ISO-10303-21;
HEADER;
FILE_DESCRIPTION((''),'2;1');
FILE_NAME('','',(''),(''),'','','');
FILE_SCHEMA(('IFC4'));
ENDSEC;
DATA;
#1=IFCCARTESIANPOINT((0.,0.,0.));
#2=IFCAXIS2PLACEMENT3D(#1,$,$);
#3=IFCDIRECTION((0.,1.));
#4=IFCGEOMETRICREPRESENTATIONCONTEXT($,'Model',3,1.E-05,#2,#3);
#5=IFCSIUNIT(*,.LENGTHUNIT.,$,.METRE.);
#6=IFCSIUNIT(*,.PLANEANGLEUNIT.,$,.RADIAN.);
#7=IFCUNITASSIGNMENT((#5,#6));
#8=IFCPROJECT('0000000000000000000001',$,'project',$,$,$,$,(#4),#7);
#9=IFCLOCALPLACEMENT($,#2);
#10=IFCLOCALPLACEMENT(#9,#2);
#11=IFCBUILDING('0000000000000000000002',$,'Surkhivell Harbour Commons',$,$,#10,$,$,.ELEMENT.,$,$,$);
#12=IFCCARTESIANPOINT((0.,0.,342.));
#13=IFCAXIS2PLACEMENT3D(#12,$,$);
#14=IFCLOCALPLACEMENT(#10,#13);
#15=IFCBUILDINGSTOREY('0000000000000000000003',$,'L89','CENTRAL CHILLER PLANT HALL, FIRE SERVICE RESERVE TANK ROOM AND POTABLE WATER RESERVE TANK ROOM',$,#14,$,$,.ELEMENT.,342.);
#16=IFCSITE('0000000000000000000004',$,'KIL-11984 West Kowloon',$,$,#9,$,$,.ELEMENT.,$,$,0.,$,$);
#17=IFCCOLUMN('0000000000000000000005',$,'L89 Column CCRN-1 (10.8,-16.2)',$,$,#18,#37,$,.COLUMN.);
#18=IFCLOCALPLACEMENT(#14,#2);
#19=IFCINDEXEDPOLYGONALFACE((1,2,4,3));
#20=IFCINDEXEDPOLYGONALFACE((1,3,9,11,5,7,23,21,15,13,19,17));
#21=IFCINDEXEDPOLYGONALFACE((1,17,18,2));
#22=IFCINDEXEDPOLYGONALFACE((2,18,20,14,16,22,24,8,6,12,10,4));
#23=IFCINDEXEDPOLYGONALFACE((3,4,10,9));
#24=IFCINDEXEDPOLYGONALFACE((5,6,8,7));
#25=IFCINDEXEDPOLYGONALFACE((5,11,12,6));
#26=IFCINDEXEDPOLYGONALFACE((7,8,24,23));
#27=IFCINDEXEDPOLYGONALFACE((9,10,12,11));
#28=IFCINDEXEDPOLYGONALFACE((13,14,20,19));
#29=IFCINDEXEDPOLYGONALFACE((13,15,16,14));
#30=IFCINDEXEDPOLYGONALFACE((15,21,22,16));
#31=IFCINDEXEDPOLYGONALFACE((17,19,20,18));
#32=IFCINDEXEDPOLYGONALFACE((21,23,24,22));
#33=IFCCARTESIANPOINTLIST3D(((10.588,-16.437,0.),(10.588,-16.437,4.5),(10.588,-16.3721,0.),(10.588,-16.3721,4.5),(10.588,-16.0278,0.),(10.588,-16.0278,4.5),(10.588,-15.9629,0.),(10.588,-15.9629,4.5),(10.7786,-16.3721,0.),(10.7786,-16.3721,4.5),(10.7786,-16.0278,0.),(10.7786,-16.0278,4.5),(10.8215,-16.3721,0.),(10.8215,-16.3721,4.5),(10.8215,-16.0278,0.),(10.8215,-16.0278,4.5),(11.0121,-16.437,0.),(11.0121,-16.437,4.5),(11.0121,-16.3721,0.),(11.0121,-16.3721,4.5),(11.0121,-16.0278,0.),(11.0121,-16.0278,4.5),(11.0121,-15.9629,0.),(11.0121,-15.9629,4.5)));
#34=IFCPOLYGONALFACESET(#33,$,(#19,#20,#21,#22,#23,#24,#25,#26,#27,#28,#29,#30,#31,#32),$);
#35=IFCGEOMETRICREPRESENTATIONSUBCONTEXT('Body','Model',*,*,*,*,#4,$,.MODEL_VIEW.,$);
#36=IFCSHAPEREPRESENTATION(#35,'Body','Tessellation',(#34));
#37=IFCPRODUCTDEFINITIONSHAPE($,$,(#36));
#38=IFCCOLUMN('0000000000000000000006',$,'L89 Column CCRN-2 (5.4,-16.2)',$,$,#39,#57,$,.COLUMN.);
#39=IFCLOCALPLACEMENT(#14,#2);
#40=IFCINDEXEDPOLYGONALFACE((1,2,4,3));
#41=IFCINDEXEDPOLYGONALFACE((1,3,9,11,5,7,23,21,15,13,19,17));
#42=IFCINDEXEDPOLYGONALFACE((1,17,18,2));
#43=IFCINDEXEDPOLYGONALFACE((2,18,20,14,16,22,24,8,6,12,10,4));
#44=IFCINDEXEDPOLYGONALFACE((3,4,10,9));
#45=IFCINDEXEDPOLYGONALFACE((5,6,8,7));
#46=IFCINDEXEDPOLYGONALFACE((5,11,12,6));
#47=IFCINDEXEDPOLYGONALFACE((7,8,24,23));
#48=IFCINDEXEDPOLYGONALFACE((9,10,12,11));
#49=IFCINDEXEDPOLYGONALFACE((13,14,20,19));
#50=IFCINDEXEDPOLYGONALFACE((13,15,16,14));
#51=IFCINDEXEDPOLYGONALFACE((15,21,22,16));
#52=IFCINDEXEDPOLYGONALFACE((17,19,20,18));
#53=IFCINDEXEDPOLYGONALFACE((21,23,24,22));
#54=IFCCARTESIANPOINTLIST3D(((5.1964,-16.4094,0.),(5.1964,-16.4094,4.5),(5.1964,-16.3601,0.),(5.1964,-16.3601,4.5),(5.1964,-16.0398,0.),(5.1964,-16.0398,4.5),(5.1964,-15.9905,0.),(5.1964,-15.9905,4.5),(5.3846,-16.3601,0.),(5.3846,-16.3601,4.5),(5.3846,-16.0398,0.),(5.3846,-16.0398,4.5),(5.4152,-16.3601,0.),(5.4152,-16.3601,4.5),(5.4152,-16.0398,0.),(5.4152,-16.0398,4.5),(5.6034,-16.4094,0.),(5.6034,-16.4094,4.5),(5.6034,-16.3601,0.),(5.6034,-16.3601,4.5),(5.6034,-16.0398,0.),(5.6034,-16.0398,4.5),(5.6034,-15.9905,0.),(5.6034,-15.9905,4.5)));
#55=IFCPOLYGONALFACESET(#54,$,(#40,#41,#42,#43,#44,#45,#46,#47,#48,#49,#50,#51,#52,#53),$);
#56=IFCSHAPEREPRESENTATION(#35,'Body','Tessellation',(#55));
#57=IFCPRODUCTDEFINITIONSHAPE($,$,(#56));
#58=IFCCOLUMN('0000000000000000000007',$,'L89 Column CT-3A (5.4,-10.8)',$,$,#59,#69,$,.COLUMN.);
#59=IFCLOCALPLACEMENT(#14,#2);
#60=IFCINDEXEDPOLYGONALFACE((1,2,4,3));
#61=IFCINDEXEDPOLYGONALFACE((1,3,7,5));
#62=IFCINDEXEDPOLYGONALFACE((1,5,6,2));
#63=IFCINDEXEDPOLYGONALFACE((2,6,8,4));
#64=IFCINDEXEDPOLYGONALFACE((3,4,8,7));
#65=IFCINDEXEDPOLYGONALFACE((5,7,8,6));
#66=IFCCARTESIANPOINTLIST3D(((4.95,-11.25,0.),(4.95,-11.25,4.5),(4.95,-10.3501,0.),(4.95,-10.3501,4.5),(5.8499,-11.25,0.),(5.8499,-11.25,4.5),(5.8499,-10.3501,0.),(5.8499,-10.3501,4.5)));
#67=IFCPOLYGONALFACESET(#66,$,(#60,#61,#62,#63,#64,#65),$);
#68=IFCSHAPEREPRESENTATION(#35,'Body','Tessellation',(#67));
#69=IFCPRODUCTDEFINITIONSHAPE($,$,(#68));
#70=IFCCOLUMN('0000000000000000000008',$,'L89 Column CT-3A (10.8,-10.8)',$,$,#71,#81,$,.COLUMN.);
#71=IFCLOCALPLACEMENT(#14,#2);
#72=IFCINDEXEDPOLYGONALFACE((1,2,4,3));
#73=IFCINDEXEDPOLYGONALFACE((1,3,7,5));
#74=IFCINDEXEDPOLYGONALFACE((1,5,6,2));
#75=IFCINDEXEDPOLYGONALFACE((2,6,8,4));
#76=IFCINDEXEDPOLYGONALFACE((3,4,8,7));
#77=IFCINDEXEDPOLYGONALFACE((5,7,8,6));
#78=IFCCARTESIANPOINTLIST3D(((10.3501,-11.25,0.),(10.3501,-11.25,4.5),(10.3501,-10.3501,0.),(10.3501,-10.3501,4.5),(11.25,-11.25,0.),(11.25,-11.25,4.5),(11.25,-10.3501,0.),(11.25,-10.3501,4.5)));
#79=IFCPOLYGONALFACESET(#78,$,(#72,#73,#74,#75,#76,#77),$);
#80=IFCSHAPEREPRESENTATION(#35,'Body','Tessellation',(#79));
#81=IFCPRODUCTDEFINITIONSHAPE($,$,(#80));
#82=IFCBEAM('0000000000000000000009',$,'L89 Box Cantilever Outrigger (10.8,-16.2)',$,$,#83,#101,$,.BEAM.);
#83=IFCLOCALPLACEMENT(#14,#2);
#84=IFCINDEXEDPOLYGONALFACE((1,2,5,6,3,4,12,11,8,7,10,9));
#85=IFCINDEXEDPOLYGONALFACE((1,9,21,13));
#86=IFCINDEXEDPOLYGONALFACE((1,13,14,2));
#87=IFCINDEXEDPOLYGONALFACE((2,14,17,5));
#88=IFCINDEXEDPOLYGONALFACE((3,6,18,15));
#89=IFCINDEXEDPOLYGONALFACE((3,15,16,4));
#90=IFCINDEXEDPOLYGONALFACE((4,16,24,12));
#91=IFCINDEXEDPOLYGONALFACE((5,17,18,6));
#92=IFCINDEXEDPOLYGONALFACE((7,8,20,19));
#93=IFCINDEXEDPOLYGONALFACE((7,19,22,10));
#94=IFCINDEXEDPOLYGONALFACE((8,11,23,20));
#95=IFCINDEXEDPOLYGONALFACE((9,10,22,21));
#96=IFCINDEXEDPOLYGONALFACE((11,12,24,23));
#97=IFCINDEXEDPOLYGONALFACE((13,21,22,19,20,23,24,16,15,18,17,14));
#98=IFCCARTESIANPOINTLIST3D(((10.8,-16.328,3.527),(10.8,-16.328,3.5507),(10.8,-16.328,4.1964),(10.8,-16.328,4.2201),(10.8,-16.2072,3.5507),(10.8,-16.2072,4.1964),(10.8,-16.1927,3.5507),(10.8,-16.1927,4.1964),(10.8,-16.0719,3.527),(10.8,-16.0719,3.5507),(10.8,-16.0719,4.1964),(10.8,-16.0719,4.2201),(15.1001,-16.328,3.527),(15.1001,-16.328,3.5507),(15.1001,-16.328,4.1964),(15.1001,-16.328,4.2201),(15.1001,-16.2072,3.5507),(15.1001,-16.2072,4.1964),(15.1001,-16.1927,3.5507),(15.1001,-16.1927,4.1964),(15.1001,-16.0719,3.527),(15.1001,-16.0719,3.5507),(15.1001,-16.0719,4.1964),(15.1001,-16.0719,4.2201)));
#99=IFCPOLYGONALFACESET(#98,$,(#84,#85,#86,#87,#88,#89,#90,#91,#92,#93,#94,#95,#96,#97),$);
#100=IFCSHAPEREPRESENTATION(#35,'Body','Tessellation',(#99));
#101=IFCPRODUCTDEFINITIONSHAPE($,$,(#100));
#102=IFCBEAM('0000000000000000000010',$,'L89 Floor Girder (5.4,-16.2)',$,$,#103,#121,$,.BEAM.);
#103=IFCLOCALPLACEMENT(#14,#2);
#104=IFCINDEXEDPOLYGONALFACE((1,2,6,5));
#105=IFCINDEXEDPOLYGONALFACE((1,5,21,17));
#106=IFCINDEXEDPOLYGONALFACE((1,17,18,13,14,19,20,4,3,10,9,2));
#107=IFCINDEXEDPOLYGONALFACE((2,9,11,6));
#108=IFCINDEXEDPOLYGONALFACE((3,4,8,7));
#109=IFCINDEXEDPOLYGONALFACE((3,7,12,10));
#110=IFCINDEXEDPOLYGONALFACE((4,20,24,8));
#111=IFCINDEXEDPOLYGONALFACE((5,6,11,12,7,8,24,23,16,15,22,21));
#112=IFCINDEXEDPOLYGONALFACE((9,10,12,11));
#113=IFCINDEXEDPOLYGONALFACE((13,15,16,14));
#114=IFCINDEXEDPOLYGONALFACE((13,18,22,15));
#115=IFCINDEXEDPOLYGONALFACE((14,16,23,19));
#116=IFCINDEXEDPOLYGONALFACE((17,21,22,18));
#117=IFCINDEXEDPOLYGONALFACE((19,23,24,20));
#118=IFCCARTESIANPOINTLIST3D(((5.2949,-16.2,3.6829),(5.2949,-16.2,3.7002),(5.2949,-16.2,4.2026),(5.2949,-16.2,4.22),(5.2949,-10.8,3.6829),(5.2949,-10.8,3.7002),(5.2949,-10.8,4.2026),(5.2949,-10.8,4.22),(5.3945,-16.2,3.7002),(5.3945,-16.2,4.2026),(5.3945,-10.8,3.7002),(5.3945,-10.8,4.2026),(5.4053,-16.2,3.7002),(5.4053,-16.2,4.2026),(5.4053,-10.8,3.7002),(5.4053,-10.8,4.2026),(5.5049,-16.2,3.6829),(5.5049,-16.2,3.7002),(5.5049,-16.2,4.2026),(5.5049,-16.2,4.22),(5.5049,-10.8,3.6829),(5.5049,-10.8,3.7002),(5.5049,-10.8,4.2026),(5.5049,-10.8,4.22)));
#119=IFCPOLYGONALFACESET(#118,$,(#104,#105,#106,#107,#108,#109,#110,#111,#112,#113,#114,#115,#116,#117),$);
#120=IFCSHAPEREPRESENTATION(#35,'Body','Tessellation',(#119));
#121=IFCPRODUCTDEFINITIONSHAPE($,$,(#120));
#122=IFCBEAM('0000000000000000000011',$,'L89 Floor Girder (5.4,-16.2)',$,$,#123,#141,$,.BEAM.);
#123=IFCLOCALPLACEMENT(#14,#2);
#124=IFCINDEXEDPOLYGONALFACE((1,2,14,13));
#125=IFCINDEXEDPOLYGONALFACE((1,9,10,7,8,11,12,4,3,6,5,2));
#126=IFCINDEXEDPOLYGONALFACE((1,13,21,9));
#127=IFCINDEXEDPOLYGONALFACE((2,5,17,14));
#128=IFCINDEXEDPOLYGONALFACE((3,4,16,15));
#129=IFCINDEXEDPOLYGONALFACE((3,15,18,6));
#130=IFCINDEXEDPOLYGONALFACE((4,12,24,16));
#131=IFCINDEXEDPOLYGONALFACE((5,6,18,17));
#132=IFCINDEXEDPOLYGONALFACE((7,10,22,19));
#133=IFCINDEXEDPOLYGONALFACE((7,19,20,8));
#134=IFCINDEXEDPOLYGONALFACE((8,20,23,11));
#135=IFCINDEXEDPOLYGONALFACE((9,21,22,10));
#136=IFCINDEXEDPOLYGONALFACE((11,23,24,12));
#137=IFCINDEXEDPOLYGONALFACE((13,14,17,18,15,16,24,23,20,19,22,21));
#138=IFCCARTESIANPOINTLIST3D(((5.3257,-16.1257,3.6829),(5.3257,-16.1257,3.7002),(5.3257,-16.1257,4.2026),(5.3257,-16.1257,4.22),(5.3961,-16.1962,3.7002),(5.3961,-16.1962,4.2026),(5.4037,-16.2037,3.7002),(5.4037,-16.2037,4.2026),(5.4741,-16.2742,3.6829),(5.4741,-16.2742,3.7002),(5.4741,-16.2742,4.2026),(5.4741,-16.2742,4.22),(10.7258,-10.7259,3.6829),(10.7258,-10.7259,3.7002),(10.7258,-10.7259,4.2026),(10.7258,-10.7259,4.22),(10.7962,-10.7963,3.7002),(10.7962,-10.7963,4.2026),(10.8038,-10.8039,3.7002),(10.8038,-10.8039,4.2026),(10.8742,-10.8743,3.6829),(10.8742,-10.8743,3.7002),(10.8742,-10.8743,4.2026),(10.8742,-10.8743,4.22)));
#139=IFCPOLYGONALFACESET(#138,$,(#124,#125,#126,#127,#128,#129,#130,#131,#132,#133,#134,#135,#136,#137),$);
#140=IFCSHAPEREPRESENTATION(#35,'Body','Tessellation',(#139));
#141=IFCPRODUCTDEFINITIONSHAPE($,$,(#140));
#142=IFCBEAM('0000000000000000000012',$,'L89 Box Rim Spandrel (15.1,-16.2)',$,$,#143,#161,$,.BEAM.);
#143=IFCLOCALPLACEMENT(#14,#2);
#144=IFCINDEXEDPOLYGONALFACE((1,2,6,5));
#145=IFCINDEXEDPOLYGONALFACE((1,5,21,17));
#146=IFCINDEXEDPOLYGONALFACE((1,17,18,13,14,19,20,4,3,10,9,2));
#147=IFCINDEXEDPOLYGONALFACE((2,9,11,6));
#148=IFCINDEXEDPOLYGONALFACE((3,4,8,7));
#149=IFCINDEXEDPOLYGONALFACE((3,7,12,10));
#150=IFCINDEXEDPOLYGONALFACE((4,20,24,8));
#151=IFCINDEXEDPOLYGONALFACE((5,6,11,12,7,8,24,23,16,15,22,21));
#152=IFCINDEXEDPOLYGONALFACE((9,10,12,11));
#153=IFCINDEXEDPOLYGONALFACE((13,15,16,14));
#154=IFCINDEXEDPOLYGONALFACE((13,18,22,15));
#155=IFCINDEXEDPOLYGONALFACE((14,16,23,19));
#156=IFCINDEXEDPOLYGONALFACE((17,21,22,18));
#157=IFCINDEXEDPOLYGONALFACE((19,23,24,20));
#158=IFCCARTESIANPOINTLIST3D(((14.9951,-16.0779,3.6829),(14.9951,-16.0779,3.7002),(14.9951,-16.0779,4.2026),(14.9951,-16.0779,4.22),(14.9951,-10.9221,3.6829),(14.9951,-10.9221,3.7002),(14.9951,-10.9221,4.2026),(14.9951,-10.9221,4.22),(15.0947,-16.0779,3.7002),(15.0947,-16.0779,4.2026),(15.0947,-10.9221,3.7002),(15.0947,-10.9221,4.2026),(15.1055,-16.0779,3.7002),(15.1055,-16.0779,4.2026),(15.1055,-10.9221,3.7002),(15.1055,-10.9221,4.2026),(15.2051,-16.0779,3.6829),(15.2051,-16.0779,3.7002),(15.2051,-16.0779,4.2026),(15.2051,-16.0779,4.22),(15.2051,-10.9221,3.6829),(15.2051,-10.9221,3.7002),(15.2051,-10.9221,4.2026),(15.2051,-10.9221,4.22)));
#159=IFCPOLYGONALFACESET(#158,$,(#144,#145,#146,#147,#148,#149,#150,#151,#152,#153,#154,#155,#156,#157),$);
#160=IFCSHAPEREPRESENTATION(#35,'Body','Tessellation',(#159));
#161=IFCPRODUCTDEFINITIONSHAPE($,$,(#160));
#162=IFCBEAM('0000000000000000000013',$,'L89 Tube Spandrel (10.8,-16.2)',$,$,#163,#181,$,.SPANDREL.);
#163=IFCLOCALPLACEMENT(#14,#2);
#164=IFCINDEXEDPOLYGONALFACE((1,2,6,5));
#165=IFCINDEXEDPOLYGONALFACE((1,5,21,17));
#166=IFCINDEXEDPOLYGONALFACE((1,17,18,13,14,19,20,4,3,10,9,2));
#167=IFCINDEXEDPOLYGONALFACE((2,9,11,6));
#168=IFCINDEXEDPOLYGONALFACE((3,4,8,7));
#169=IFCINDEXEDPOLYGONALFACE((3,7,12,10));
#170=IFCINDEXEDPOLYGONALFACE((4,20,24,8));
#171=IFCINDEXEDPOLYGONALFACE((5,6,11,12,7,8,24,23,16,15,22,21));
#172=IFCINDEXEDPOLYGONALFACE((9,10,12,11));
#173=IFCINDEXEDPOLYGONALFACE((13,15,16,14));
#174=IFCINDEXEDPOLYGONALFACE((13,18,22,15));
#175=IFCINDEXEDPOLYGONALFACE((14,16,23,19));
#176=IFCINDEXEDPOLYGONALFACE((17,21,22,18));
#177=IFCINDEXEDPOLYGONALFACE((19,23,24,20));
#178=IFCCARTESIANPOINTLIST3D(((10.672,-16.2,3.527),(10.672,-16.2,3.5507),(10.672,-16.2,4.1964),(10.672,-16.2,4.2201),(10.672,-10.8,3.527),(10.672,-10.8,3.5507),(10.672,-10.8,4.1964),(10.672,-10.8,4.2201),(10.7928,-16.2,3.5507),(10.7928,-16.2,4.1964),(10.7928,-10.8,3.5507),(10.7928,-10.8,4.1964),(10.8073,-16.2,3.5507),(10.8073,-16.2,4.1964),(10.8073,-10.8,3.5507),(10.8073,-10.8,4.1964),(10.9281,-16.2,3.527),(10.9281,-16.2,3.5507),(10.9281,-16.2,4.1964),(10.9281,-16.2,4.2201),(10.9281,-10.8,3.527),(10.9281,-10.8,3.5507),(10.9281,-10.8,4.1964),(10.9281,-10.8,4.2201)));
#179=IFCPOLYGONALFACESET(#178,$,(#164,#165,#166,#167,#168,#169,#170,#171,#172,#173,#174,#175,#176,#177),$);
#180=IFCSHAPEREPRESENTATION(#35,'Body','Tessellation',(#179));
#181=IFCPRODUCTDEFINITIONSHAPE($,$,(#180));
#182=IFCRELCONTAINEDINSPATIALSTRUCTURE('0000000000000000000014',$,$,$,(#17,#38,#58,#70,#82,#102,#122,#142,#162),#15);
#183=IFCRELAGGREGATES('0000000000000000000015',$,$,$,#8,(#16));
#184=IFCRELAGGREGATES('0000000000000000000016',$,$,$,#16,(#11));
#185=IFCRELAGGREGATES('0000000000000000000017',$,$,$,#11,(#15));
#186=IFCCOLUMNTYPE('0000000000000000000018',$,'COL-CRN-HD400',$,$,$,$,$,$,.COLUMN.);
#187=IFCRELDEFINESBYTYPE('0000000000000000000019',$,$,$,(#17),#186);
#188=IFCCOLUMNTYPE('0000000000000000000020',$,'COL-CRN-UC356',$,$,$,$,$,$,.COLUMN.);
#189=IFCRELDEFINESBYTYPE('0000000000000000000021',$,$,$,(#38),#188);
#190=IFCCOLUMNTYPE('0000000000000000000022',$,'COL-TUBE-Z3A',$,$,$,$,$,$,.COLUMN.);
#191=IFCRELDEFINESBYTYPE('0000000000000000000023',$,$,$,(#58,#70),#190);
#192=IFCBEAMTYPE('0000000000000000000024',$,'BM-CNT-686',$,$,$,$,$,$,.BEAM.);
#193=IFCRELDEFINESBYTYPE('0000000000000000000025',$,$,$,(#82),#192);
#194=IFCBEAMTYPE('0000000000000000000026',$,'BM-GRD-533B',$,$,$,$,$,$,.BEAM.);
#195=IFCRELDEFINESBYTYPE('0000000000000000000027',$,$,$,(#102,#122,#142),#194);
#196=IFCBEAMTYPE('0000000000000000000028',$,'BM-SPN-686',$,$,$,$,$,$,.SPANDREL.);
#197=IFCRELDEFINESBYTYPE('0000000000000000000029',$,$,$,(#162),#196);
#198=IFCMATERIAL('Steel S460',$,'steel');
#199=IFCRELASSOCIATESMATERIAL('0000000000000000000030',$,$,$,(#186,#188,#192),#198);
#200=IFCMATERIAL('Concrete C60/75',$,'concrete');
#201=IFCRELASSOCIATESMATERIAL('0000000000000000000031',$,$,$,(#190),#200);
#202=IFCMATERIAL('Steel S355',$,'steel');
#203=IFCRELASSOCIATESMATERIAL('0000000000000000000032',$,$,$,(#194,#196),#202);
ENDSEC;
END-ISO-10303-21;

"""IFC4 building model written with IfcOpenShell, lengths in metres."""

from ifc_helpers import new_model, si_unit, direction, frame, origin, origin_2d, place, context, subcontext, project, spatial, rectangle, i_section, extrude, material, material_profile, profile_set, type_object, element, save


model = new_model("IFC4")

# Units and contexts
model_context = context("Model", 3, precision=1e-05, world=origin(), true_north=direction((0.0, 1.0)))
body_context = subcontext(model_context, "Body", "Model", "MODEL_VIEW")
ifc_project = project(units=[si_unit("LENGTHUNIT", "METRE"), si_unit("PLANEANGLEUNIT", "RADIAN")], contexts=[model_context])

# Site, building, storey
site_placement = place(None, origin())
site = spatial("IfcSite", under=ifc_project, at=site_placement, Name="KIL-11984 West Kowloon", CompositionType="ELEMENT", RefElevation=0.0)
building_placement = place(site_placement, origin())
building = spatial("IfcBuilding", under=site, at=building_placement, Name="Surkhivell Harbour Commons", CompositionType="ELEMENT")
storey_placement = place(building_placement, frame((0.0, 0.0, 342.0)))
storey = spatial("IfcBuildingStorey", under=building, at=storey_placement, Name="L89", Description="CENTRAL CHILLER PLANT HALL, FIRE SERVICE RESERVE TANK ROOM AND POTABLE WATER RESERVE TANK ROOM", CompositionType="ELEMENT", Elevation=342.0)

# Columns
ifc_material_1 = material(Name="Steel S460", Category="steel")
ifc_material_profile_1 = material_profile(ifc_material_1, i_section(OverallWidth=0.4241, OverallDepth=0.4741, WebThickness=0.043, FlangeThickness=0.0649, at=origin_2d()), Name="HD400x634")
ifc_profile_set_1 = profile_set([ifc_material_profile_1], Name="Steel S460")
column_type_1 = type_object("IfcColumnType", Name="COL-CRN-HD400", PredefinedType="COLUMN", material=ifc_profile_set_1)
column_1_placement = place(storey_placement, frame((10.8, -16.2, 0.0), z_axis=(0.0, 0.0, 1.0), x_axis=(1.0, 0.0, 0.0)))
element("IfcColumn", 1, at=column_1_placement, inside=storey, type_object=column_type_1, Name="L89 Column CCRN-1 (10.8,-16.2)", PredefinedType="COLUMN", context=body_context, shape_type="SweptSolid", body=[
    extrude(i_section(OverallWidth=0.4241, OverallDepth=0.4741, WebThickness=0.043, FlangeThickness=0.0649, at=origin_2d()), origin(), (0.0, 0.0, 1.0), 4.5),
])
ifc_material_profile_2 = material_profile(ifc_material_1, i_section(OverallWidth=0.407, OverallDepth=0.4189, WebThickness=0.0305, FlangeThickness=0.0493, at=origin_2d()), Name="UC356x406x393")
ifc_profile_set_2 = profile_set([ifc_material_profile_2], Name="Steel S460")
column_type_2 = type_object("IfcColumnType", Name="COL-CRN-UC356", PredefinedType="COLUMN", material=ifc_profile_set_2)
column_2_placement = place(storey_placement, frame((5.3999, -16.2, 0.0), z_axis=(0.0, 0.0, 1.0), x_axis=(1.0, 0.0, 0.0)))
element("IfcColumn", 2, at=column_2_placement, inside=storey, type_object=column_type_2, Name="L89 Column CCRN-2 (5.4,-16.2)", PredefinedType="COLUMN", context=body_context, shape_type="SweptSolid", body=[
    extrude(i_section(OverallWidth=0.407, OverallDepth=0.4189, WebThickness=0.0305, FlangeThickness=0.0493, at=origin_2d()), origin(), (0.0, 0.0, 1.0), 4.5),
])
ifc_material_2 = material(Name="Concrete C60/75", Category="concrete")
ifc_material_profile_3 = material_profile(ifc_material_2, rectangle(XDim=0.8999, YDim=0.8999, at=origin_2d()), Name="RC-COL-900x900")
ifc_profile_set_3 = profile_set([ifc_material_profile_3], Name="Concrete C60/75")
column_type_3 = type_object("IfcColumnType", Name="COL-TUBE-Z3A", PredefinedType="COLUMN", material=ifc_profile_set_3)
for number, where, z_axis, x_axis, name in (
    (3, (5.3999, -10.8, 0.0), (0.0, 0.0, 1.0), (1.0, 0.0, 0.0), "L89 Column CT-3A (5.4,-10.8)"),
    (4, (10.8, -10.8, 0.0), (0.0, 0.0, 1.0), (1.0, 0.0, 0.0), "L89 Column CT-3A (10.8,-10.8)"),
):
    element("IfcColumn", number, at=place(storey_placement, frame(where, z_axis=z_axis, x_axis=x_axis)), inside=storey, type_object=column_type_3, Name=name, PredefinedType="COLUMN", context=body_context, shape_type="SweptSolid", body=[
        extrude(rectangle(XDim=0.8999, YDim=0.8999, at=origin_2d()), origin(), (0.0, 0.0, 1.0), 4.5),
    ])

# Beams
ifc_material_profile_4 = material_profile(ifc_material_1, i_section(OverallWidth=0.2561, OverallDepth=0.6931, WebThickness=0.0144, FlangeThickness=0.0237, at=origin_2d()), Name="UB686x254x170")
ifc_profile_set_4 = profile_set([ifc_material_profile_4], Name="Steel S460")
beam_type_1 = type_object("IfcBeamType", Name="BM-CNT-686", PredefinedType="BEAM", material=ifc_profile_set_4)
beam_1_placement = place(storey_placement, frame((10.8, -16.2, 3.8735), z_axis=(1.0, 0.0, 0.0), x_axis=(0.0, 1.0, 0.0)))
element("IfcBeam", 5, at=beam_1_placement, inside=storey, type_object=beam_type_1, Name="L89 Box Cantilever Outrigger (10.8,-16.2)", PredefinedType="BEAM", context=body_context, shape_type="SweptSolid", body=[
    extrude(i_section(OverallWidth=0.2561, OverallDepth=0.6931, WebThickness=0.0144, FlangeThickness=0.0237, at=origin_2d()), origin(), (0.0, 0.0, 1.0), 4.3),
])
ifc_material_3 = material(Name="Steel S355", Category="steel")
ifc_material_profile_5 = material_profile(ifc_material_3, i_section(OverallWidth=0.21, OverallDepth=0.5371, WebThickness=0.0107, FlangeThickness=0.0173, at=origin_2d()), Name="UB533x210x101")
ifc_profile_set_5 = profile_set([ifc_material_profile_5], Name="Steel S355")
beam_type_2 = type_object("IfcBeamType", Name="BM-GRD-533B", PredefinedType="BEAM", material=ifc_profile_set_5)
beam_2_placement = place(storey_placement, frame((5.3999, -16.2, 3.9514), z_axis=(0.0, 1.0, 0.0), x_axis=(-1.0, 0.0, 0.0)))
element("IfcBeam", 6, at=beam_2_placement, inside=storey, type_object=beam_type_2, Name="L89 Floor Girder (5.4,-16.2)", PredefinedType="BEAM", context=body_context, shape_type="SweptSolid", body=[
    extrude(i_section(OverallWidth=0.21, OverallDepth=0.5371, WebThickness=0.0107, FlangeThickness=0.0173, at=origin_2d()), origin(), (0.0, 0.0, 1.0), 5.3999),
])
beam_3_placement = place(storey_placement, frame((5.3999, -16.2, 3.9514), z_axis=(0.707123, 0.707091, 0.0), x_axis=(-0.707091, 0.707123, 0.0)))
element("IfcBeam", 7, at=beam_3_placement, inside=storey, type_object=beam_type_2, Name="L89 Floor Girder (5.4,-16.2)", PredefinedType="BEAM", context=body_context, shape_type="SweptSolid", body=[
    extrude(i_section(OverallWidth=0.21, OverallDepth=0.5371, WebThickness=0.0107, FlangeThickness=0.0173, at=origin_2d()), origin(), (0.0, 0.0, 1.0), 7.6367),
])
beam_4_placement = place(storey_placement, frame((15.1001, -16.0779, 3.9514), z_axis=(0.0, 1.0, 0.0), x_axis=(-1.0, 0.0, 0.0)))
element("IfcBeam", 8, at=beam_4_placement, inside=storey, type_object=beam_type_2, Name="L89 Box Rim Spandrel (15.1,-16.2)", PredefinedType="BEAM", context=body_context, shape_type="SweptSolid", body=[
    extrude(i_section(OverallWidth=0.21, OverallDepth=0.5371, WebThickness=0.0107, FlangeThickness=0.0173, at=origin_2d()), origin(), (0.0, 0.0, 1.0), 5.1558),
])
ifc_material_profile_6 = material_profile(ifc_material_3, i_section(OverallWidth=0.2561, OverallDepth=0.6931, WebThickness=0.0144, FlangeThickness=0.0237, at=origin_2d()), Name="UB686x254x170")
ifc_profile_set_6 = profile_set([ifc_material_profile_6], Name="Steel S355")
beam_type_3 = type_object("IfcBeamType", Name="BM-SPN-686", PredefinedType="SPANDREL", material=ifc_profile_set_6)
beam_5_placement = place(storey_placement, frame((10.8, -16.2, 3.8735), z_axis=(0.0, 1.0, 0.0), x_axis=(-1.0, 0.0, 0.0)))
element("IfcBeam", 9, at=beam_5_placement, inside=storey, type_object=beam_type_3, Name="L89 Tube Spandrel (10.8,-16.2)", PredefinedType="SPANDREL", context=body_context, shape_type="SweptSolid", body=[
    extrude(i_section(OverallWidth=0.2561, OverallDepth=0.6931, WebThickness=0.0144, FlangeThickness=0.0237, at=origin_2d()), origin(), (0.0, 0.0, 1.0), 5.3999),
])

save(model, "model.ifc")
